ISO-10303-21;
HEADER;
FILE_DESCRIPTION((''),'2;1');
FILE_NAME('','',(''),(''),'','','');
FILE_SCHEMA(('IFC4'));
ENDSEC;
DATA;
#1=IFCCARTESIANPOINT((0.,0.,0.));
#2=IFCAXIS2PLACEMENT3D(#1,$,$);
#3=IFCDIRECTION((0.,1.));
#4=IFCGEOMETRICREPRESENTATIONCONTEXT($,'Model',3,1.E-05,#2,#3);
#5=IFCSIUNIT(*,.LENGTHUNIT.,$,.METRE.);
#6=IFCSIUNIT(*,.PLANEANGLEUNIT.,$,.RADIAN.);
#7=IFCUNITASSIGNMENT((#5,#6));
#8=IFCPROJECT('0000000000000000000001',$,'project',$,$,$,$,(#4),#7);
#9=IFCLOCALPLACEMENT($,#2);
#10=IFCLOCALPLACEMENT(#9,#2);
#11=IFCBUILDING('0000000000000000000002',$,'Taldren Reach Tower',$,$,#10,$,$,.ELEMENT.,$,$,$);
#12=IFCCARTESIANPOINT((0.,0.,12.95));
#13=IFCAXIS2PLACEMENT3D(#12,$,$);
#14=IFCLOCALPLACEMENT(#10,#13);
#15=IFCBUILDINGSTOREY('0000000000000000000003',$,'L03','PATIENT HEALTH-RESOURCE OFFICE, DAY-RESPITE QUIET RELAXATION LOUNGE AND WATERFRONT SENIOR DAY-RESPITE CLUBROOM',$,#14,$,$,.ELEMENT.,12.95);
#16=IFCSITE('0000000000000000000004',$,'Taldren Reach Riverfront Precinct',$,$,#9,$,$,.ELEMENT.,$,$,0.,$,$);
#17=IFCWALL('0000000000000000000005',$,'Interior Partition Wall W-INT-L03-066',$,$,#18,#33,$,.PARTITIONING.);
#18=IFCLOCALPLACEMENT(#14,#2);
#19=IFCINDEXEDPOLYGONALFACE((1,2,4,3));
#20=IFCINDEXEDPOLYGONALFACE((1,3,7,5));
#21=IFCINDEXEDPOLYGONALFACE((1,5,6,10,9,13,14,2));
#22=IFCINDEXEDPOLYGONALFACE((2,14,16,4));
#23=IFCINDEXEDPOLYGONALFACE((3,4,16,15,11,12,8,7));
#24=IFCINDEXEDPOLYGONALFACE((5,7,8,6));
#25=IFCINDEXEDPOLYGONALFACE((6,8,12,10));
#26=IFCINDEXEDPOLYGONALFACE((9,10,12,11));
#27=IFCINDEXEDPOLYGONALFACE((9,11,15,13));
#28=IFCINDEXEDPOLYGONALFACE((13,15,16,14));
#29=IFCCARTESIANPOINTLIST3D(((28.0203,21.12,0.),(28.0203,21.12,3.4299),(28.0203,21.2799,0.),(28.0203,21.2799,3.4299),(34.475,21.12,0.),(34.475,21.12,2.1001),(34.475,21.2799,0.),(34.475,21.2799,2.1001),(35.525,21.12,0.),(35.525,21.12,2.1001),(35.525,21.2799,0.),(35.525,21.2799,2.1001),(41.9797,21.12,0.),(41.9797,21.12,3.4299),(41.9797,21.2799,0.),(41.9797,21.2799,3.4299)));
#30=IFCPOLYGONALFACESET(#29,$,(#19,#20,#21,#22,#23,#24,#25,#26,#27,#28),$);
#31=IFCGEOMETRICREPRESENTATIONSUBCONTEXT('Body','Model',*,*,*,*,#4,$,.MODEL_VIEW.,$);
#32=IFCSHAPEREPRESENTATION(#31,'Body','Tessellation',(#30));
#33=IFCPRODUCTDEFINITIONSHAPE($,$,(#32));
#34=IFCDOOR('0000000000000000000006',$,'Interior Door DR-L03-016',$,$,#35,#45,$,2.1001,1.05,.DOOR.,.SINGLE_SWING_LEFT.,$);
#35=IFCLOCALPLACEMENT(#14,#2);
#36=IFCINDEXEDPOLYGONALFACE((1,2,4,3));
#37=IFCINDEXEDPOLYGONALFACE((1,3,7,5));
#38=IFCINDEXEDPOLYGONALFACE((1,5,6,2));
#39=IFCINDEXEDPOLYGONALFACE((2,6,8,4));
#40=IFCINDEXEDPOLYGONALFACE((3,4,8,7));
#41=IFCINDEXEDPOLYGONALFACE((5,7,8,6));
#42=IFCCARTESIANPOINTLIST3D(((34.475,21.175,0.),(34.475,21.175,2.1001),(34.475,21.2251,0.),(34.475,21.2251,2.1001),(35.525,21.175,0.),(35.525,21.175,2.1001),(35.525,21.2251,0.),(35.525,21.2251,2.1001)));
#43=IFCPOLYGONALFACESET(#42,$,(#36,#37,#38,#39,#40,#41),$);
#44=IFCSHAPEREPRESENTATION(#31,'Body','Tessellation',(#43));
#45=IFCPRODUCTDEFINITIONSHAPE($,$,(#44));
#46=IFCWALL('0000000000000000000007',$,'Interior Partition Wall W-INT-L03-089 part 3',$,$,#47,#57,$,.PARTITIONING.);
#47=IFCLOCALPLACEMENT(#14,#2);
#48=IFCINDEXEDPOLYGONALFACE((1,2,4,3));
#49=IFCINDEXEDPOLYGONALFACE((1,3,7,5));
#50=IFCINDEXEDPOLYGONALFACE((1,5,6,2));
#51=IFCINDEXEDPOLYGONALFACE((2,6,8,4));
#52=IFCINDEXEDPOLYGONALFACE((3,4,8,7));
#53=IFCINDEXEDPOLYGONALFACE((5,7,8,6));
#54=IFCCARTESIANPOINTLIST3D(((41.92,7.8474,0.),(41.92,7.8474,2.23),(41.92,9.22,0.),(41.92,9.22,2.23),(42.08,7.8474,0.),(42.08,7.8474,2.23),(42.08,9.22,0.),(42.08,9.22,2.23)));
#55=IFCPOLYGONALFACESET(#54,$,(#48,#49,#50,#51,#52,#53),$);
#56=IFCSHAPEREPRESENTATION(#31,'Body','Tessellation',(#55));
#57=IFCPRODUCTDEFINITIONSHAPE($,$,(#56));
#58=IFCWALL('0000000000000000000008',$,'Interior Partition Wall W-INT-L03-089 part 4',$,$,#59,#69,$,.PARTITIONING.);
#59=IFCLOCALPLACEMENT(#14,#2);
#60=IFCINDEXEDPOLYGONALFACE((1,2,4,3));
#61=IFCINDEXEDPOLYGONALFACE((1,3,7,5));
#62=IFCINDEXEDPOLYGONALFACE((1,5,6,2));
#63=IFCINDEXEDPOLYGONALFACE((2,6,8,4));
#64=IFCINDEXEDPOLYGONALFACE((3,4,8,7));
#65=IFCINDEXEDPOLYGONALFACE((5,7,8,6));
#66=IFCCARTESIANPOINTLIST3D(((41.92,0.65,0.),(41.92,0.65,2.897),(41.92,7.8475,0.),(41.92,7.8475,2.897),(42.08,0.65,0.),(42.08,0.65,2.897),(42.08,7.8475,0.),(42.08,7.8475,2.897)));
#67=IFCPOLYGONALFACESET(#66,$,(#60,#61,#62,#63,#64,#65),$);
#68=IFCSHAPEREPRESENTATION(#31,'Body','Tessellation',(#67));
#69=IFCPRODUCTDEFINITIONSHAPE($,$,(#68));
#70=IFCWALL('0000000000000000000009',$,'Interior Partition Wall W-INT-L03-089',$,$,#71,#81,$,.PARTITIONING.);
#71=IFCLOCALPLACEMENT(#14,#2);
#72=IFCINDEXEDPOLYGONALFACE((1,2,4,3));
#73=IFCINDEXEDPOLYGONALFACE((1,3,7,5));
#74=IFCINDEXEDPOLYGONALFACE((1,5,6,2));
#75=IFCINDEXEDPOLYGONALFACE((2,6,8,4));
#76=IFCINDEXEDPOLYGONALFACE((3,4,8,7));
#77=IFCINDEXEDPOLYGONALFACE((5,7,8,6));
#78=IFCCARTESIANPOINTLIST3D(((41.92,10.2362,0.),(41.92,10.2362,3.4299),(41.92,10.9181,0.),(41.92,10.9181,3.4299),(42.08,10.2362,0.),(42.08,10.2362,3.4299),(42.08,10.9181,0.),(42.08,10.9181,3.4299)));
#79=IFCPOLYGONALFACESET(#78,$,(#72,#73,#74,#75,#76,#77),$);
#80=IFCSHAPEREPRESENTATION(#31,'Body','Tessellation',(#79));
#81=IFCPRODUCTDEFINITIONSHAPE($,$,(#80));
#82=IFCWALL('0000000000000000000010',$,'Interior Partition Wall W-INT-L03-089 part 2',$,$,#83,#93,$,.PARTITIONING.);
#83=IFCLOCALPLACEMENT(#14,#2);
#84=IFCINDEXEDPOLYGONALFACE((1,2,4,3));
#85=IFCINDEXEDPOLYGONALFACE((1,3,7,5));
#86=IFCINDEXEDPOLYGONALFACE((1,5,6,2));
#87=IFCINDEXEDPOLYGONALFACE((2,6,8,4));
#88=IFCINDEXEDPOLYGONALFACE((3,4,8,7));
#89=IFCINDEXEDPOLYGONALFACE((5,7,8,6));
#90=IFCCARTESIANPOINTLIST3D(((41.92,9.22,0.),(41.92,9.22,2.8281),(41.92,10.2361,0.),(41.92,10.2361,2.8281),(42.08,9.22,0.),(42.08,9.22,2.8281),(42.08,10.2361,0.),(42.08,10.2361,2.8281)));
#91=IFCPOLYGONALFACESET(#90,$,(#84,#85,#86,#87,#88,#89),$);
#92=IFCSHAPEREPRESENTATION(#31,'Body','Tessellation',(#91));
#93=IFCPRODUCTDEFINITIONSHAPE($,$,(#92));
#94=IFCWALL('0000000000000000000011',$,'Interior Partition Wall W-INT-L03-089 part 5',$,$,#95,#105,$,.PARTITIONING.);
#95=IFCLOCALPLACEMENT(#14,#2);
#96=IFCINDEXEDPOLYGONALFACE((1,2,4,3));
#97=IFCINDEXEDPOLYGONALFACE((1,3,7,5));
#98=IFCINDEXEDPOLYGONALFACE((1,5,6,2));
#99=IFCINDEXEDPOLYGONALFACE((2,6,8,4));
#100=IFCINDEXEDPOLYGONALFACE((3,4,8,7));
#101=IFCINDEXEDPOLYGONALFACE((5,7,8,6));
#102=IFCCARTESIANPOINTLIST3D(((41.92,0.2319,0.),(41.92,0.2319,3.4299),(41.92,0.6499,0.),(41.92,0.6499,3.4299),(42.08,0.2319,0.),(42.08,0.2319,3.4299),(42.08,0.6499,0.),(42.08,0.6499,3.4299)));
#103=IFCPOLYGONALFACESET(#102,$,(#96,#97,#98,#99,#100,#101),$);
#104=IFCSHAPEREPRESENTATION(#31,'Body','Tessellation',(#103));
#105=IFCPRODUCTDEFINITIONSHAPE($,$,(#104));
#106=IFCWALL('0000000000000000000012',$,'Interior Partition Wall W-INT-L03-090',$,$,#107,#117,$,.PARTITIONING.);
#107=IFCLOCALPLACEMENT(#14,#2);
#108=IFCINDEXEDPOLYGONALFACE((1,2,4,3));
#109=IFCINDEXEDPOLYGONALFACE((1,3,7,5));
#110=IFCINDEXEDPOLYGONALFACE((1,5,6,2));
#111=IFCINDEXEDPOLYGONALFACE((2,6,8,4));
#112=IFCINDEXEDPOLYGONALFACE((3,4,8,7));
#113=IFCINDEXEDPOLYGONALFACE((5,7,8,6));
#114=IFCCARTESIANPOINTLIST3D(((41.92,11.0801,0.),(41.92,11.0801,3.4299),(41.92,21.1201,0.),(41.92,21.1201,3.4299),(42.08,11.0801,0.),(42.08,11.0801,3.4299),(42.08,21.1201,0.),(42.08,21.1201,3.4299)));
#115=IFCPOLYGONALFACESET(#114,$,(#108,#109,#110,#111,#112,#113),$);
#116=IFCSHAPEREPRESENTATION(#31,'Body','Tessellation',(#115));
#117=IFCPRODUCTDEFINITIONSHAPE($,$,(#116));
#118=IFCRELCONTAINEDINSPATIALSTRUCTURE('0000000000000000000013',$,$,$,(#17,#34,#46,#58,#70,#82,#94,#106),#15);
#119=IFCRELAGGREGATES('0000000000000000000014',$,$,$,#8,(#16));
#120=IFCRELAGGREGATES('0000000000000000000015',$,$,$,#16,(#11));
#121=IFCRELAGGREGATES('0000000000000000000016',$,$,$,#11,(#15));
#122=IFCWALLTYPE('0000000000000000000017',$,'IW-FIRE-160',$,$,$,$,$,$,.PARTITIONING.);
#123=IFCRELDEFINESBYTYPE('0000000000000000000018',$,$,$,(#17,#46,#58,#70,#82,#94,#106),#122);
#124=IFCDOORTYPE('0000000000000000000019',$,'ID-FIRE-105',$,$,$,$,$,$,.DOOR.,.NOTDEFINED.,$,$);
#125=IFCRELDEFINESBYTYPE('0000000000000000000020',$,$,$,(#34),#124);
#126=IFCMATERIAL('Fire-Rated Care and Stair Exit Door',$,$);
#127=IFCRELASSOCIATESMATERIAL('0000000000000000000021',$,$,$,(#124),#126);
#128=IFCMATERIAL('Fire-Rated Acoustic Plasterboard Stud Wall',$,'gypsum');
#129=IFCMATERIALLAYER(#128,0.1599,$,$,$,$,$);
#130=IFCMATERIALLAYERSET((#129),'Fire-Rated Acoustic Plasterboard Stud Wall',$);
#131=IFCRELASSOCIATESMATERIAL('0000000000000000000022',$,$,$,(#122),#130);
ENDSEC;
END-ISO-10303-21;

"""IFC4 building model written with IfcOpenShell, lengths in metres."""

from ifc_helpers import new_model, si_unit, direction, frame, frame_2d, origin, place, context, subcontext, project, spatial, rectangle, extrude, source, transform, mapped, material, layer, layer_set, type_object, element, fill, save


model = new_model("IFC4")

# Units and contexts
model_context = context("Model", 3, precision=1e-05, world=origin(), true_north=direction((0.0, 1.0)))
body_context = subcontext(model_context, "Body", "Model", "MODEL_VIEW")
ifc_project = project(units=[si_unit("LENGTHUNIT", "METRE"), si_unit("PLANEANGLEUNIT", "RADIAN")], contexts=[model_context])

# Site, building, storey
site_placement = place(None, origin())
site = spatial("IfcSite", under=ifc_project, at=site_placement, Name="Taldren Reach Riverfront Precinct", CompositionType="ELEMENT", RefElevation=0.0)
building_placement = place(site_placement, origin())
building = spatial("IfcBuilding", under=site, at=building_placement, Name="Taldren Reach Tower", CompositionType="ELEMENT")
storey_placement = place(building_placement, frame((0.0, 0.0, 12.95)))
storey = spatial("IfcBuildingStorey", under=building, at=storey_placement, Name="L03", Description="PATIENT HEALTH-RESOURCE OFFICE, DAY-RESPITE QUIET RELAXATION LOUNGE AND WATERFRONT SENIOR DAY-RESPITE CLUBROOM", CompositionType="ELEMENT", Elevation=12.95)

# Wall, opening, door
ifc_material_1 = material(Name="Fire-Rated Care and Stair Exit Door")
door_type = type_object("IfcDoorType", Name="ID-FIRE-105", OperationType="NOTDEFINED", PredefinedType="DOOR", material=ifc_material_1)
shared_shape_1 = source(origin(), body_context, "Body", "SweptSolid", [
    extrude(rectangle(XDim=1.05, YDim=2.1001, at=frame_2d((0.5249, 1.05))), frame((0.0, 0.0249, 0.0), z_axis=(0.0, -1.0, 0.0), x_axis=(1.0, 0.0, 0.0)), (0.0, 0.0, 1.0), 0.05),
])
ifc_material_2 = material(Name="Fire-Rated Acoustic Plasterboard Stud Wall", Category="gypsum")
ifc_layer_1 = layer(ifc_material_2, 0.1599)
ifc_layer_set_1 = layer_set([ifc_layer_1], Name="Fire-Rated Acoustic Plasterboard Stud Wall")
wall_type_1 = type_object("IfcWallType", Name="IW-FIRE-160", PredefinedType="PARTITIONING", material=ifc_layer_set_1)
shared_shape_2 = source(origin(), body_context, "Body", "SweptSolid", [
    extrude(rectangle(XDim=13.9595, YDim=0.1599, at=frame_2d((6.9797, 0.0))), origin(), (0.0, 0.0, 1.0), 3.4299),
])
wall_1_placement = place(storey_placement, frame((41.9797, 21.2, 0.0), z_axis=(0.0, 0.0, 1.0), x_axis=(-1.0, 0.0, 0.0)))
wall_1 = element("IfcWall", 1, at=wall_1_placement, inside=storey, type_object=wall_type_1, Name="Interior Partition Wall W-INT-L03-066", PredefinedType="PARTITIONING", context=body_context, shape_type="MappedRepresentation", body=[
    mapped(shared_shape_2, transform((0.0, 0.0, 0.0), scale=1.0)),
])
shared_shape_3 = source(origin(), body_context, "Body", "SweptSolid", [
    extrude(rectangle(XDim=1.05, YDim=2.1001, at=frame_2d((0.5249, 1.05))), frame((0.0, 0.0898, 0.0), z_axis=(0.0, -1.0, 0.0), x_axis=(1.0, 0.0, 0.0)), (0.0, 0.0, 1.0), 0.1799),
])
opening_1_placement = place(wall_1_placement, frame((6.4548, 0.0, 0.0)))
opening_1 = element("IfcOpeningElement", 2, at=opening_1_placement, cuts=wall_1, PredefinedType="OPENING", context=body_context, shape_type="MappedRepresentation", body=[
    mapped(shared_shape_3, transform((0.0, 0.0, 0.0), scale=1.0)),
])
door_1_placement = place(opening_1_placement, origin())
door_1 = element("IfcDoor", 3, at=door_1_placement, inside=storey, type_object=door_type, Name="Interior Door DR-L03-016", OperationType="SINGLE_SWING_LEFT", OverallHeight=2.1001, OverallWidth=1.05, PredefinedType="DOOR", context=body_context, shape_type="MappedRepresentation", body=[
    mapped(shared_shape_1, transform((0.0, 0.0, 0.0), scale=1.0)),
])
fill(opening_1, door_1)

# Walls
shared_shape_4 = source(origin(), body_context, "Body", "SweptSolid", [
    extrude(rectangle(XDim=1.3726, YDim=0.1599, at=frame_2d((0.6863, 0.0))), origin(), (0.0, 0.0, 1.0), 2.23),
])
wall_2_placement = place(storey_placement, frame((42.0, 9.22, 0.0), z_axis=(0.0, 0.0, 1.0), x_axis=(0.0, -1.0, 0.0)))
element("IfcWall", 4, at=wall_2_placement, inside=storey, type_object=wall_type_1, Name="Interior Partition Wall W-INT-L03-089 part 3", PredefinedType="PARTITIONING", context=body_context, shape_type="MappedRepresentation", body=[
    mapped(shared_shape_4, transform((0.0, 0.0, 0.0), scale=1.0)),
])
shared_shape_5 = source(origin(), body_context, "Body", "SweptSolid", [
    extrude(rectangle(XDim=7.1975, YDim=0.1599, at=frame_2d((3.5986, 0.0))), origin(), (0.0, 0.0, 1.0), 2.897),
])
wall_3_placement = place(storey_placement, frame((42.0, 7.8474, 0.0), z_axis=(0.0, 0.0, 1.0), x_axis=(0.0, -1.0, 0.0)))
element("IfcWall", 5, at=wall_3_placement, inside=storey, type_object=wall_type_1, Name="Interior Partition Wall W-INT-L03-089 part 4", PredefinedType="PARTITIONING", context=body_context, shape_type="MappedRepresentation", body=[
    mapped(shared_shape_5, transform((0.0, 0.0, 0.0), scale=1.0)),
])
shared_shape_6 = source(origin(), body_context, "Body", "SweptSolid", [
    extrude(rectangle(XDim=0.6819, YDim=0.1599, at=frame_2d((0.3408, 0.0))), origin(), (0.0, 0.0, 1.0), 3.4299),
])
wall_4_placement = place(storey_placement, frame((42.0, 10.918, 0.0), z_axis=(0.0, 0.0, 1.0), x_axis=(0.0, -1.0, 0.0)))
element("IfcWall", 6, at=wall_4_placement, inside=storey, type_object=wall_type_1, Name="Interior Partition Wall W-INT-L03-089", PredefinedType="PARTITIONING", context=body_context, shape_type="MappedRepresentation", body=[
    mapped(shared_shape_6, transform((0.0, 0.0, 0.0), scale=1.0)),
])
shared_shape_7 = source(origin(), body_context, "Body", "SweptSolid", [
    extrude(rectangle(XDim=1.0161, YDim=0.1599, at=frame_2d((0.5081, 0.0))), origin(), (0.0, 0.0, 1.0), 2.8281),
])
wall_5_placement = place(storey_placement, frame((42.0, 10.2361, 0.0), z_axis=(0.0, 0.0, 1.0), x_axis=(0.0, -1.0, 0.0)))
element("IfcWall", 7, at=wall_5_placement, inside=storey, type_object=wall_type_1, Name="Interior Partition Wall W-INT-L03-089 part 2", PredefinedType="PARTITIONING", context=body_context, shape_type="MappedRepresentation", body=[
    mapped(shared_shape_7, transform((0.0, 0.0, 0.0), scale=1.0)),
])
shared_shape_8 = source(origin(), body_context, "Body", "SweptSolid", [
    extrude(rectangle(XDim=0.418, YDim=0.1599, at=frame_2d((0.209, 0.0))), origin(), (0.0, 0.0, 1.0), 3.4299),
])
wall_6_placement = place(storey_placement, frame((42.0, 0.6499, 0.0), z_axis=(0.0, 0.0, 1.0), x_axis=(0.0, -1.0, 0.0)))
element("IfcWall", 8, at=wall_6_placement, inside=storey, type_object=wall_type_1, Name="Interior Partition Wall W-INT-L03-089 part 5", PredefinedType="PARTITIONING", context=body_context, shape_type="MappedRepresentation", body=[
    mapped(shared_shape_8, transform((0.0, 0.0, 0.0), scale=1.0)),
])
shared_shape_9 = source(origin(), body_context, "Body", "SweptSolid", [
    extrude(rectangle(XDim=10.04, YDim=0.1599, at=frame_2d((5.02, 0.0))), origin(), (0.0, 0.0, 1.0), 3.4299),
])
wall_7_placement = place(storey_placement, frame((42.0, 21.1201, 0.0), z_axis=(0.0, 0.0, 1.0), x_axis=(0.0, -1.0, 0.0)))
element("IfcWall", 9, at=wall_7_placement, inside=storey, type_object=wall_type_1, Name="Interior Partition Wall W-INT-L03-090", PredefinedType="PARTITIONING", context=body_context, shape_type="MappedRepresentation", body=[
    mapped(shared_shape_9, transform((0.0, 0.0, 0.0), scale=1.0)),
])

save(model, "model.ifc")
